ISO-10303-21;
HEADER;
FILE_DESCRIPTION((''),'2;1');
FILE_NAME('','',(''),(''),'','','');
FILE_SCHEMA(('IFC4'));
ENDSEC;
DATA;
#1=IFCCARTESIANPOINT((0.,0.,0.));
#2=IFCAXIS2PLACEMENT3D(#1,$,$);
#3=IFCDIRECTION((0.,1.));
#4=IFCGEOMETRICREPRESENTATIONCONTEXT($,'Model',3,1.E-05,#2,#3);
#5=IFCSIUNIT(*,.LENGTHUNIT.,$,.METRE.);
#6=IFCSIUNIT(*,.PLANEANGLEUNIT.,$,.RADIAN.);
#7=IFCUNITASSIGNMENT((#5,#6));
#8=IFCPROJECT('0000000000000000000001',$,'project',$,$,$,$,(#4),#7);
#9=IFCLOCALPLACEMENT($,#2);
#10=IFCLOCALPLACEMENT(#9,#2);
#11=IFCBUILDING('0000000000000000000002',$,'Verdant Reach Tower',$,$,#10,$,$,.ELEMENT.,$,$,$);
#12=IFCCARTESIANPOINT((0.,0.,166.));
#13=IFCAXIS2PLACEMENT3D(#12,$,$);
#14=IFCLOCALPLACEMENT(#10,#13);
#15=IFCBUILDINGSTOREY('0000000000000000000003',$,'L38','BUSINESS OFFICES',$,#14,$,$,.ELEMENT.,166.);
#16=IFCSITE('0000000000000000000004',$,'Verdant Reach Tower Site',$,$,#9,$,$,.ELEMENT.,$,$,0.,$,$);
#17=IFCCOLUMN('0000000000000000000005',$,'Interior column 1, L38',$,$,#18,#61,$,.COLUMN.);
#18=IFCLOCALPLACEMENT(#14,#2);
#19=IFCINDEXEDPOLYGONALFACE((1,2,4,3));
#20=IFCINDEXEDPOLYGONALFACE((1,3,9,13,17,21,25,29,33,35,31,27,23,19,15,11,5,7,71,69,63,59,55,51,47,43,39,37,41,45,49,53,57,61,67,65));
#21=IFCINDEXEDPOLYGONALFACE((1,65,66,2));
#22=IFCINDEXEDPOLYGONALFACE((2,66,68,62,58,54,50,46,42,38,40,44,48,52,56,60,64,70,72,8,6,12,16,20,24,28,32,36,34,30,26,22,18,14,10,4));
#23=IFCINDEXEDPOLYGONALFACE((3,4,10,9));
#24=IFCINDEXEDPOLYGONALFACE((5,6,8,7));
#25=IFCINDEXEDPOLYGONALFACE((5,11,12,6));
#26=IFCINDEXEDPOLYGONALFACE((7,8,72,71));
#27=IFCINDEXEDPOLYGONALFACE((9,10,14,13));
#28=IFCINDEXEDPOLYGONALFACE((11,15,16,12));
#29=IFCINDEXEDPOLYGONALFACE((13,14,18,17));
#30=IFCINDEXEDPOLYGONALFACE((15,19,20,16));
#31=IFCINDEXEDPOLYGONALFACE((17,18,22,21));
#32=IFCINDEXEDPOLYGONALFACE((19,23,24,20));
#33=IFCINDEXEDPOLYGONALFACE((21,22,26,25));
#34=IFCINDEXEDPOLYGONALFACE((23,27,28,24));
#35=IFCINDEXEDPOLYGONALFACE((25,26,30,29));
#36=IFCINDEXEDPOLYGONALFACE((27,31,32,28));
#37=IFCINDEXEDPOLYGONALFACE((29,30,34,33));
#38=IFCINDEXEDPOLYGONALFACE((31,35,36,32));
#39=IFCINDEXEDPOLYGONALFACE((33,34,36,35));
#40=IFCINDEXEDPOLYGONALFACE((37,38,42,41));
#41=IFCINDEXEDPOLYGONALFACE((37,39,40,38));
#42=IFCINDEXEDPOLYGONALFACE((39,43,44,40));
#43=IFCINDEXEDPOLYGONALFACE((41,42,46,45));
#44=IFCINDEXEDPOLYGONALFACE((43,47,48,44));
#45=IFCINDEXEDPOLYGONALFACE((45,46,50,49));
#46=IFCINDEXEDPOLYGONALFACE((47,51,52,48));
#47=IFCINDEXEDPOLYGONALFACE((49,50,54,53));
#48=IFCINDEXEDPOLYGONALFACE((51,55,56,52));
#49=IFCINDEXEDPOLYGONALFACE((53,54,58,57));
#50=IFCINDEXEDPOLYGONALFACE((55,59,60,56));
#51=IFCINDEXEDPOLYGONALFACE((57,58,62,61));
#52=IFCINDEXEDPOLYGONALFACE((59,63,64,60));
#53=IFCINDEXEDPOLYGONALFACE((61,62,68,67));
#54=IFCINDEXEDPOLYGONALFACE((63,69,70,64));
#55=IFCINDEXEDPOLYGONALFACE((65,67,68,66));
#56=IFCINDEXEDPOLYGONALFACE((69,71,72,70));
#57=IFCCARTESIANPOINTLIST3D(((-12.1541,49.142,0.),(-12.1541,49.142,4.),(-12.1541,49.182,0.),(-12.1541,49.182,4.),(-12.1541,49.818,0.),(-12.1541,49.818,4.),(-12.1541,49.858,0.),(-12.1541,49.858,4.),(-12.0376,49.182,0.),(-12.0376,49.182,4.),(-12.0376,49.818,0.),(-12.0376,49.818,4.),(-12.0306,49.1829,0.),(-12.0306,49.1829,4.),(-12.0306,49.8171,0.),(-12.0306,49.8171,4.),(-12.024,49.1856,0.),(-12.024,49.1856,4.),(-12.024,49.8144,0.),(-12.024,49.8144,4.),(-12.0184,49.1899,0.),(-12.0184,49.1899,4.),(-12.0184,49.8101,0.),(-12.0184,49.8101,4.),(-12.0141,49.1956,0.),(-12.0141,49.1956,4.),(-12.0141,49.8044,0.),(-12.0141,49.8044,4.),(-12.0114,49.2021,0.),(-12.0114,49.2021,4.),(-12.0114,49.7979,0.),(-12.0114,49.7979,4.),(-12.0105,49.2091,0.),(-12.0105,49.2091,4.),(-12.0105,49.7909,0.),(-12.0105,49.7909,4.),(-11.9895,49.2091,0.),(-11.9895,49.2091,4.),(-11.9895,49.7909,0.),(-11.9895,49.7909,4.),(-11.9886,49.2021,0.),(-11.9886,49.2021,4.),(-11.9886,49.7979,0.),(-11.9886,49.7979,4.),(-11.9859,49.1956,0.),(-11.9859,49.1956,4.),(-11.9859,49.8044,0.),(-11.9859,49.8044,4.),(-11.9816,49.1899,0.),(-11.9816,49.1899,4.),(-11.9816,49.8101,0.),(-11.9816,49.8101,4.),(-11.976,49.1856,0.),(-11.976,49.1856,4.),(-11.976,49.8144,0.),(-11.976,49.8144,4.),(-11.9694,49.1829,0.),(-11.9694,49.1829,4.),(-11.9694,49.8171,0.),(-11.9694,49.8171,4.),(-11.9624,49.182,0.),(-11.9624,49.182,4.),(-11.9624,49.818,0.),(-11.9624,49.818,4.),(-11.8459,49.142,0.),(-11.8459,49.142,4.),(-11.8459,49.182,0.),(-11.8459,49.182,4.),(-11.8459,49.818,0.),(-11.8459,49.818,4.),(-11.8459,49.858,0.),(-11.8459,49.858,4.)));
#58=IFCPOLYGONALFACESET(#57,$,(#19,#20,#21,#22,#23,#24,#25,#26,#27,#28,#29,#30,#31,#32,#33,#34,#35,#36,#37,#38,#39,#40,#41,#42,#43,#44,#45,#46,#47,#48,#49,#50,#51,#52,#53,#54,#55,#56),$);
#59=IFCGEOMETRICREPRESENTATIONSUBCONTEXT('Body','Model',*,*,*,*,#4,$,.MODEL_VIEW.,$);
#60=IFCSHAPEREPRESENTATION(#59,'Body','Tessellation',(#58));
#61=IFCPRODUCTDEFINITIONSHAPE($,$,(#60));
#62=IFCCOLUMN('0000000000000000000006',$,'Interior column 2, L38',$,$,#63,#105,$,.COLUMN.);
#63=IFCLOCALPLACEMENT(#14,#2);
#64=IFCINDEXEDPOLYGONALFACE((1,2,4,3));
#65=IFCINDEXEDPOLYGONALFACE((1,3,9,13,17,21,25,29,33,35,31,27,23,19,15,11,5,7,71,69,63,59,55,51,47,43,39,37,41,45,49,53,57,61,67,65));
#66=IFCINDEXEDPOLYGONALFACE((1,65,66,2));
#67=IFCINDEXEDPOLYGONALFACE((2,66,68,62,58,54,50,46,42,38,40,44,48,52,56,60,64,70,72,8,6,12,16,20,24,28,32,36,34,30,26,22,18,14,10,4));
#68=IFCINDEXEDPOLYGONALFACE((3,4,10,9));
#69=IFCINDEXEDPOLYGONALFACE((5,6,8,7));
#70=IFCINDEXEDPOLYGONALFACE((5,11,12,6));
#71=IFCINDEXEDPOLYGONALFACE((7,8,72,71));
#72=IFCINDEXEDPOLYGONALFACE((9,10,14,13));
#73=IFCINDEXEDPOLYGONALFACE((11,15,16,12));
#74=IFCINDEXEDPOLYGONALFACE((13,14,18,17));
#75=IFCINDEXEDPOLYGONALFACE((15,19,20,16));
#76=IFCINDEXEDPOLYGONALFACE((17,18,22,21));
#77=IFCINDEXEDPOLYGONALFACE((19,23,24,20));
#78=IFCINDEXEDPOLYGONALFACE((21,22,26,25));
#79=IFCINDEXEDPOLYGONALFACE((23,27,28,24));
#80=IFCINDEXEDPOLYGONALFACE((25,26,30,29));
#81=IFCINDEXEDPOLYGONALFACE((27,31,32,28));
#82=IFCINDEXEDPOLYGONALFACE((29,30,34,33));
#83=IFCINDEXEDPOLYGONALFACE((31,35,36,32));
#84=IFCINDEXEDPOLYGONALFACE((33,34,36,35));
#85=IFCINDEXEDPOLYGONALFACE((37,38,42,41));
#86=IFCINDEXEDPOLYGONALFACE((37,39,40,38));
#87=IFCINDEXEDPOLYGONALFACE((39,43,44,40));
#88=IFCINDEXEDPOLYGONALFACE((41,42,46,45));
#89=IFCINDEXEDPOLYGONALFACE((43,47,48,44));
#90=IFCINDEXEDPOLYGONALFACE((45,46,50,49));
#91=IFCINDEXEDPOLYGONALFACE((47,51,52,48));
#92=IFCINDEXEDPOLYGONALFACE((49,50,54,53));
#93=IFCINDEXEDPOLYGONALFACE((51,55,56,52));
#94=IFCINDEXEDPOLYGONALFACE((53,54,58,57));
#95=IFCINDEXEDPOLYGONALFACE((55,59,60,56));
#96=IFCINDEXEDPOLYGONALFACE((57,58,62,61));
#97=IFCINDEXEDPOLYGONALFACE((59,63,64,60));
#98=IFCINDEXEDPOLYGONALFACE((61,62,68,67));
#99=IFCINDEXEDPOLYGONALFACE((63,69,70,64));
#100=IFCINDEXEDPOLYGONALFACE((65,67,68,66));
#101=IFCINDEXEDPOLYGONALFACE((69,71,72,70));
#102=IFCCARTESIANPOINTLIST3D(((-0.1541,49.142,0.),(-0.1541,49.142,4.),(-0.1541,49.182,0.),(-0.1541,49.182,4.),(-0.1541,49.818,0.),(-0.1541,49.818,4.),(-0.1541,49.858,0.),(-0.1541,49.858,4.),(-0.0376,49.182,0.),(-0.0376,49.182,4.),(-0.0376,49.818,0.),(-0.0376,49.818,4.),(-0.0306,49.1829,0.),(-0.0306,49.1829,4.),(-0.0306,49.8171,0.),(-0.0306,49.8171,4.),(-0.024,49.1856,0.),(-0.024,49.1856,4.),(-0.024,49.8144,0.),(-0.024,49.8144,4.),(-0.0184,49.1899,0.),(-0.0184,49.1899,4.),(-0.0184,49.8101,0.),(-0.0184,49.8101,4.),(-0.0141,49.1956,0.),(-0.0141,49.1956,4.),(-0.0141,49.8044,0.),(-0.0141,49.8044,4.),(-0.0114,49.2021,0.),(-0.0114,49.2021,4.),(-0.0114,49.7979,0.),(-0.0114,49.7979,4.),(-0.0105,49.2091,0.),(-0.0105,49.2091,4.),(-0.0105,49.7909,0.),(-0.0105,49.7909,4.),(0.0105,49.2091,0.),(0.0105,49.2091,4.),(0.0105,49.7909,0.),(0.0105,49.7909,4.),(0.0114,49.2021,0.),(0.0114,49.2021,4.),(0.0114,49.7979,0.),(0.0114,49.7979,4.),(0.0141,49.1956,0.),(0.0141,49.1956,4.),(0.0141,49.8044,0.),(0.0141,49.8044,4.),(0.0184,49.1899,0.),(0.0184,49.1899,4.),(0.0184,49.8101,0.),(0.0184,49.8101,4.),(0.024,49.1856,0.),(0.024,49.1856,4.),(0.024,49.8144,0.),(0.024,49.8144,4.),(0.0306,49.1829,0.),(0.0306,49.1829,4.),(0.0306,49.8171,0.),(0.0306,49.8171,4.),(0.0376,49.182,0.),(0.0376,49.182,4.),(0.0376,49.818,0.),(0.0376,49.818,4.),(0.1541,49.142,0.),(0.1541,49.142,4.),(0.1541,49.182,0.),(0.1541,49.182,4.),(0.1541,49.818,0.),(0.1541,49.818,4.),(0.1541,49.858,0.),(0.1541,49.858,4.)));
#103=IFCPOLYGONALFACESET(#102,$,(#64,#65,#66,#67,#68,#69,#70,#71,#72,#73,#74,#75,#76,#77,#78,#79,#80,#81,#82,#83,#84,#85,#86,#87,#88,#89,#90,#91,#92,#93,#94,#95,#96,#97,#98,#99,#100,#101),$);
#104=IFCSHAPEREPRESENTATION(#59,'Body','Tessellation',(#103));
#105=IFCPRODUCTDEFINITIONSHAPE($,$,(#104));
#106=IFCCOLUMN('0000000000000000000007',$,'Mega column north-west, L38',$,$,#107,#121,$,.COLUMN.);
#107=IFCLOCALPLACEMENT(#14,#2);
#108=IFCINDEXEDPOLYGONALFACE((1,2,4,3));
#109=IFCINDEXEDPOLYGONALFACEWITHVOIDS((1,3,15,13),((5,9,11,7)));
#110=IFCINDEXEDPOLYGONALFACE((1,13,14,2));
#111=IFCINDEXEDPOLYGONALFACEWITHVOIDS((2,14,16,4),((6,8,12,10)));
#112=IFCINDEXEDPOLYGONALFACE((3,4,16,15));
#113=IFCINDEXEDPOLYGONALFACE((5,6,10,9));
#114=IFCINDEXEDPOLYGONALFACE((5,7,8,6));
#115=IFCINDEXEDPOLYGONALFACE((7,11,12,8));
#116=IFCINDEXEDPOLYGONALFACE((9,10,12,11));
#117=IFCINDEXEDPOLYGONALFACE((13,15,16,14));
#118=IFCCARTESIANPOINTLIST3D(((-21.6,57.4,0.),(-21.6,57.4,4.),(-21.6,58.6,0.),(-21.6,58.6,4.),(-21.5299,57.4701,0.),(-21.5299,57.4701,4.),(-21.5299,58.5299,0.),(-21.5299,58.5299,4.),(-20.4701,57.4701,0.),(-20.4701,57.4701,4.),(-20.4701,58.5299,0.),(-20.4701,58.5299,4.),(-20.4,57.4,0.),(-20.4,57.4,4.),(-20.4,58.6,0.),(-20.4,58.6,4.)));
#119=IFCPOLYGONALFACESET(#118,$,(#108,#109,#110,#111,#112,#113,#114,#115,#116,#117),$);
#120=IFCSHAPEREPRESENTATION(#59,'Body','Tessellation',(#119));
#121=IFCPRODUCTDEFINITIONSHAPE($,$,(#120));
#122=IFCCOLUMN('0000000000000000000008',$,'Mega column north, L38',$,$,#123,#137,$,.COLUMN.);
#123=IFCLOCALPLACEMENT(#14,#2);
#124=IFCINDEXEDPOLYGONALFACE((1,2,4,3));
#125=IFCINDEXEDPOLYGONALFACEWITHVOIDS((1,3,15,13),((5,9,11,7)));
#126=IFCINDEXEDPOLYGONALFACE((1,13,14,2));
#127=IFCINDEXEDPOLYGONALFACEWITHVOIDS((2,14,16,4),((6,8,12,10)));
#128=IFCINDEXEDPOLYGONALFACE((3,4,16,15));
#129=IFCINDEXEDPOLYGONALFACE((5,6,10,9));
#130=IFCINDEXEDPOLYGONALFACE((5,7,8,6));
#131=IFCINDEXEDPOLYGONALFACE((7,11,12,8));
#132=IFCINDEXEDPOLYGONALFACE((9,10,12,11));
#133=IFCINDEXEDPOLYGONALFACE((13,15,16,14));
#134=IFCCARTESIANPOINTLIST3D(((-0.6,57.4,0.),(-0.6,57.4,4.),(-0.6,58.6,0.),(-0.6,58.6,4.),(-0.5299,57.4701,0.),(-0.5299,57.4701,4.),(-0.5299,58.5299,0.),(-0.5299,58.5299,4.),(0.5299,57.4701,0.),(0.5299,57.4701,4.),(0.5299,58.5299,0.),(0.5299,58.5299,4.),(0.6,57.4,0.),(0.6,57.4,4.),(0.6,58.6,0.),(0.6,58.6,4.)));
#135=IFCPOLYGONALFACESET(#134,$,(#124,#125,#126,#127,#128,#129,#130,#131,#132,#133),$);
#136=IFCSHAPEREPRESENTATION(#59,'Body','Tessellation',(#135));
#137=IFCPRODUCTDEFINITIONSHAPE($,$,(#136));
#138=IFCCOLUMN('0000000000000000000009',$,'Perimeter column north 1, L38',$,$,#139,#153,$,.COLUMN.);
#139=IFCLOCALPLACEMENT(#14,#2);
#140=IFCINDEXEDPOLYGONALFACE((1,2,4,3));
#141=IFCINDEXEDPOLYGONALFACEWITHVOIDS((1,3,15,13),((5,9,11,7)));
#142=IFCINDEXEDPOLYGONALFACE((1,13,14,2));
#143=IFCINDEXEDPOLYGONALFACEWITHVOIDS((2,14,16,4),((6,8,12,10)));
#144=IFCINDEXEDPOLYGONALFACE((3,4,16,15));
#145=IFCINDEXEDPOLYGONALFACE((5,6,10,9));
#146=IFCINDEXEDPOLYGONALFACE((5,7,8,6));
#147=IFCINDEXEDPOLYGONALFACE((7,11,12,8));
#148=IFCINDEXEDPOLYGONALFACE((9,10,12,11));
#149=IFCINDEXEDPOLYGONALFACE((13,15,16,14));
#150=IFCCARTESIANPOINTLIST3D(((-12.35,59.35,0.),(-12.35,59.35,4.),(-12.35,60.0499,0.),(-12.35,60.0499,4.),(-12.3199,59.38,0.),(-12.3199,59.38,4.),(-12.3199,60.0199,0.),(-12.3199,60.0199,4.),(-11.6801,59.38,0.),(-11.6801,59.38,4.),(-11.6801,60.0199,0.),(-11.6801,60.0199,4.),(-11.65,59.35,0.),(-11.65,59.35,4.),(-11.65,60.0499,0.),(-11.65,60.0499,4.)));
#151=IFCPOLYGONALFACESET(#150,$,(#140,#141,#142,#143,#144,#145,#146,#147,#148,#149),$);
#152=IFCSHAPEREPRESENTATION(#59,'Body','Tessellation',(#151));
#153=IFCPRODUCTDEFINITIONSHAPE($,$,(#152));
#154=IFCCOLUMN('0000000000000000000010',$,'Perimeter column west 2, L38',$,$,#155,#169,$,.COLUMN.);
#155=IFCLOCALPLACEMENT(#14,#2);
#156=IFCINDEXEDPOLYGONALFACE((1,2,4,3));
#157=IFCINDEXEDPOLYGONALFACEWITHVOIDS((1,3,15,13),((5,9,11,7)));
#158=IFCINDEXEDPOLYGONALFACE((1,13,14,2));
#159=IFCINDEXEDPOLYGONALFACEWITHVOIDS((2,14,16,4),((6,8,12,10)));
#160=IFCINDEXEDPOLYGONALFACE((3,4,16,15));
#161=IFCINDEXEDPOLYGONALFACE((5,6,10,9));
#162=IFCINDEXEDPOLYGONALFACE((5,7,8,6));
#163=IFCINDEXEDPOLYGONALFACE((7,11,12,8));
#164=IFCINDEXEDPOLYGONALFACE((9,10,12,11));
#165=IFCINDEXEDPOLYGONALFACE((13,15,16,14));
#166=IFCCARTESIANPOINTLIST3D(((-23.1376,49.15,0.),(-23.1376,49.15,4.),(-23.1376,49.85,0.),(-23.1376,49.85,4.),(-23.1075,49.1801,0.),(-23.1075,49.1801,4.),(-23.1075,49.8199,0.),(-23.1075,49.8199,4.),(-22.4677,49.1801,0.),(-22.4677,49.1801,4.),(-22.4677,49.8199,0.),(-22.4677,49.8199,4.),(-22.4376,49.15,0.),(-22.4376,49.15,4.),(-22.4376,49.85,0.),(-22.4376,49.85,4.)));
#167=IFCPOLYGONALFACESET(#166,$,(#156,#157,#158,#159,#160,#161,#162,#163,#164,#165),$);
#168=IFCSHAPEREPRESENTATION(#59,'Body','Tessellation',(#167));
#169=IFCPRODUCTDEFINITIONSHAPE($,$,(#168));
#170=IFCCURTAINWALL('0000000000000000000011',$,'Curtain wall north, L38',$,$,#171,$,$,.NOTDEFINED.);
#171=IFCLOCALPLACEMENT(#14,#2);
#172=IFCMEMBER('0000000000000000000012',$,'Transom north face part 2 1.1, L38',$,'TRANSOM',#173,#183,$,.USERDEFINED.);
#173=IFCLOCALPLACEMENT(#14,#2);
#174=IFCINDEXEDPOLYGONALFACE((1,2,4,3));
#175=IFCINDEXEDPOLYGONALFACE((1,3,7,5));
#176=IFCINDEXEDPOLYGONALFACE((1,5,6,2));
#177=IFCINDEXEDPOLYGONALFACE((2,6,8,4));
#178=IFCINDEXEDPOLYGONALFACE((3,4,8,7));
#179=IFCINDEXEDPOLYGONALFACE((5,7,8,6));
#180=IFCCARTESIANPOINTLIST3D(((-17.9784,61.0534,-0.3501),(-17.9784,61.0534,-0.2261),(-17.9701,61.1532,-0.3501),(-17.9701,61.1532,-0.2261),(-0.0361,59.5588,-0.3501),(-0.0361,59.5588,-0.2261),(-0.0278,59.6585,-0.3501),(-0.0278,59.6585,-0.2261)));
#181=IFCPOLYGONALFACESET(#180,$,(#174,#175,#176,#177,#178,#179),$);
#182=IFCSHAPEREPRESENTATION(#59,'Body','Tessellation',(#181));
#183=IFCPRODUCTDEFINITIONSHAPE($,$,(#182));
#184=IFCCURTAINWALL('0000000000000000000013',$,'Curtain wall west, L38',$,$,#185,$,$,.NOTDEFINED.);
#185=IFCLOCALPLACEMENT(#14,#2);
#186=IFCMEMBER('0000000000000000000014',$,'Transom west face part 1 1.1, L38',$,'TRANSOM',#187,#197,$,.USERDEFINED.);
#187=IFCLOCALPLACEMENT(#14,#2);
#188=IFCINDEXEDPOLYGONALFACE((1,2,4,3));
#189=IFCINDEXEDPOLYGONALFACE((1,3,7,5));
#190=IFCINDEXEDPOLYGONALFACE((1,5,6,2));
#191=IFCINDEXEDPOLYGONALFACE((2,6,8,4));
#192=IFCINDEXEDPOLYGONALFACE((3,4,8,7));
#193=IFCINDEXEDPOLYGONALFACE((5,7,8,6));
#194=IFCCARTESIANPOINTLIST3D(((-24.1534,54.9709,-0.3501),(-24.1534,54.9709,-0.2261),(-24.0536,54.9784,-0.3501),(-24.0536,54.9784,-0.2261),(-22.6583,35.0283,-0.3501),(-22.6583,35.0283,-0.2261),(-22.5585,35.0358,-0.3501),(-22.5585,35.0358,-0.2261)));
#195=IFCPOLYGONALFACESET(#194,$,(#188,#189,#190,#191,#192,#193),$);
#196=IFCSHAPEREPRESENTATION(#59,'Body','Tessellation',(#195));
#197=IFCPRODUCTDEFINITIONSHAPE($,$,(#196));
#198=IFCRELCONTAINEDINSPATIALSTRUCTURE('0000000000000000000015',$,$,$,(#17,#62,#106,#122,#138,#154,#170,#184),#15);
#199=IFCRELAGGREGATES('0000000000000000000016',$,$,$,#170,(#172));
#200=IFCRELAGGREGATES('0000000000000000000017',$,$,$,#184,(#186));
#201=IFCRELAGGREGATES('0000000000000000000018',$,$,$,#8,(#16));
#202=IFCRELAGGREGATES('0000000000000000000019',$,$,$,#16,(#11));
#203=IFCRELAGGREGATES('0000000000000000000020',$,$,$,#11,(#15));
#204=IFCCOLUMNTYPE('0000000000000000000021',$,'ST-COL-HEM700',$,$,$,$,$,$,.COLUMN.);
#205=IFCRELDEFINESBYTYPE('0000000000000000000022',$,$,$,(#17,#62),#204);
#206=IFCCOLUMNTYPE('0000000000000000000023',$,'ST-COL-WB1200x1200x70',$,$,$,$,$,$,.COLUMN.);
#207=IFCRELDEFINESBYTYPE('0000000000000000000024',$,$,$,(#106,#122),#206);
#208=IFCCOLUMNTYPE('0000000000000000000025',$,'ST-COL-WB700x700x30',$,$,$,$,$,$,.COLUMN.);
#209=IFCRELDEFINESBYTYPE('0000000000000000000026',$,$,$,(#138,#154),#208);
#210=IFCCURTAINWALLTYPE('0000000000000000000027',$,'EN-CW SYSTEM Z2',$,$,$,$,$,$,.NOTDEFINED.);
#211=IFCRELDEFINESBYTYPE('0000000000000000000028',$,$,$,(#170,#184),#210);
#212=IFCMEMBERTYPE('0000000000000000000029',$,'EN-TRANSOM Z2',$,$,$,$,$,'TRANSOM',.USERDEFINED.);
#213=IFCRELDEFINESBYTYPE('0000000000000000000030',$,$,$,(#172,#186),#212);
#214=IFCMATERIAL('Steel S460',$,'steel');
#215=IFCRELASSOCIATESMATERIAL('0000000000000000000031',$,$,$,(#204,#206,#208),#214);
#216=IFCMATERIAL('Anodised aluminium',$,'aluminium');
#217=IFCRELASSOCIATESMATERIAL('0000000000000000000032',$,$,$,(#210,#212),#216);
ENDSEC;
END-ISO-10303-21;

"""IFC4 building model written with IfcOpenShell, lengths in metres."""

from ifc_helpers import new_model, si_unit, direction, frame, origin, origin_2d, place, context, subcontext, project, spatial, rectangle, hollow_rectangle, i_section, extrude, material, material_profile, profile_set, type_object, element, aggregate, save


model = new_model("IFC4")

# Units and contexts
model_context = context("Model", 3, precision=1e-05, world=origin(), true_north=direction((0.0, 1.0)))
body_context = subcontext(model_context, "Body", "Model", "MODEL_VIEW")
ifc_project = project(units=[si_unit("LENGTHUNIT", "METRE"), si_unit("PLANEANGLEUNIT", "RADIAN")], contexts=[model_context])

# Site, building, storey
site_placement = place(None, origin())
site = spatial("IfcSite", under=ifc_project, at=site_placement, Name="Verdant Reach Tower Site", CompositionType="ELEMENT", RefElevation=0.0)
building_placement = place(site_placement, origin())
building = spatial("IfcBuilding", under=site, at=building_placement, Name="Verdant Reach Tower", CompositionType="ELEMENT")
storey_placement = place(building_placement, frame((0.0, 0.0, 166.0)))
storey = spatial("IfcBuildingStorey", under=building, at=storey_placement, Name="L38", Description="BUSINESS OFFICES", CompositionType="ELEMENT", Elevation=166.0)

# Columns
ifc_material_1 = material(Name="Steel S460", Category="steel")
ifc_material_profile_1 = material_profile(ifc_material_1, i_section(OverallWidth=0.3081, OverallDepth=0.7161, WebThickness=0.021, FlangeThickness=0.04, FilletRadius=0.0271, at=origin_2d()), Name="HEM 700")
ifc_profile_set_1 = profile_set([ifc_material_profile_1], Name="Steel S460")
column_type_1 = type_object("IfcColumnType", Name="ST-COL-HEM700", PredefinedType="COLUMN", material=ifc_profile_set_1)
for number, where, z_axis, x_axis, name in (
    (1, (-12.0, 49.5, 0.0), (0.0, 0.0, 1.0), (1.0, 0.0, 0.0), "Interior column 1, L38"),
    (2, (0.0, 49.5, 0.0), (0.0, 0.0, 1.0), (1.0, 0.0, 0.0), "Interior column 2, L38"),
):
    element("IfcColumn", number, at=place(storey_placement, frame(where, z_axis=z_axis, x_axis=x_axis)), inside=storey, type_object=column_type_1, Name=name, PredefinedType="COLUMN", context=body_context, shape_type="SweptSolid", body=[
        extrude(i_section(OverallWidth=0.3081, OverallDepth=0.7161, WebThickness=0.021, FlangeThickness=0.04, FilletRadius=0.0271, at=origin_2d()), origin(), (0.0, 0.0, 1.0), 4.0),
    ])
ifc_material_profile_2 = material_profile(ifc_material_1, hollow_rectangle(XDim=1.2, YDim=1.2, WallThickness=0.0701, at=origin_2d()), Name="WB 1200x1200x70")
ifc_profile_set_2 = profile_set([ifc_material_profile_2], Name="Steel S460")
column_type_2 = type_object("IfcColumnType", Name="ST-COL-WB1200x1200x70", PredefinedType="COLUMN", material=ifc_profile_set_2)
for number, where, z_axis, x_axis, name in (
    (3, (-21.0, 58.0, 0.0), (0.0, 0.0, 1.0), (1.0, 0.0, 0.0), "Mega column north-west, L38"),
    (4, (0.0, 58.0, 0.0), (0.0, 0.0, 1.0), (1.0, 0.0, 0.0), "Mega column north, L38"),
):
    element("IfcColumn", number, at=place(storey_placement, frame(where, z_axis=z_axis, x_axis=x_axis)), inside=storey, type_object=column_type_2, Name=name, PredefinedType="COLUMN", context=body_context, shape_type="SweptSolid", body=[
        extrude(hollow_rectangle(XDim=1.2, YDim=1.2, WallThickness=0.0701, at=origin_2d()), origin(), (0.0, 0.0, 1.0), 4.0),
    ])
ifc_material_profile_3 = material_profile(ifc_material_1, hollow_rectangle(XDim=0.7, YDim=0.7, WallThickness=0.03, at=origin_2d()), Name="WB 700x700x30")
ifc_profile_set_3 = profile_set([ifc_material_profile_3], Name="Steel S460")
column_type_3 = type_object("IfcColumnType", Name="ST-COL-WB700x700x30", PredefinedType="COLUMN", material=ifc_profile_set_3)
for number, where, z_axis, x_axis, name in (
    (5, (-12.0, 59.7, 0.0), (0.0, 0.0, 1.0), (1.0, 0.0, 0.0), "Perimeter column north 1, L38"),
    (6, (-22.7876, 49.5, 0.0), (0.0, 0.0, 1.0), (1.0, 0.0, 0.0), "Perimeter column west 2, L38"),
):
    element("IfcColumn", number, at=place(storey_placement, frame(where, z_axis=z_axis, x_axis=x_axis)), inside=storey, type_object=column_type_3, Name=name, PredefinedType="COLUMN", context=body_context, shape_type="SweptSolid", body=[
        extrude(hollow_rectangle(XDim=0.7, YDim=0.7, WallThickness=0.03, at=origin_2d()), origin(), (0.0, 0.0, 1.0), 4.0),
    ])

# Curtain walls, members
ifc_material_2 = material(Name="Anodised aluminium", Category="aluminium")
curtain_wall_type = type_object("IfcCurtainWallType", Name="EN-CW SYSTEM Z2", PredefinedType="NOTDEFINED", material=ifc_material_2)
curtain_wall_1_placement = place(storey_placement, origin())
curtain_wall_1 = element("IfcCurtainWall", 7, at=curtain_wall_1_placement, inside=storey, type_object=curtain_wall_type, Name="Curtain wall north, L38", PredefinedType="NOTDEFINED")
ifc_material_profile_4 = material_profile(ifc_material_2, rectangle(XDim=0.1001, YDim=0.124, at=origin_2d()), Name="Transom 124x100")
ifc_profile_set_4 = profile_set([ifc_material_profile_4], Name="Anodised aluminium")
member_type = type_object("IfcMemberType", Name="EN-TRANSOM Z2", ElementType="TRANSOM", PredefinedType="USERDEFINED", material=ifc_profile_set_4)
member_1_placement = place(storey_placement, frame((-0.032, 59.6086, -0.2881), z_axis=(-0.996548, 0.083015, 0.0), x_axis=(-0.083015, -0.996548, 0.0)))
member_1 = element("IfcMember", 8, at=member_1_placement, type_object=member_type, Name="Transom north face part 2 1.1, L38", ObjectType="TRANSOM", PredefinedType="USERDEFINED", context=body_context, shape_type="SweptSolid", body=[
    extrude(rectangle(XDim=0.1001, YDim=0.124, at=origin_2d()), origin(), (0.0, 0.0, 1.0), 18.0044),
])
curtain_wall_2_placement = place(storey_placement, origin())
curtain_wall_2 = element("IfcCurtainWall", 9, at=curtain_wall_2_placement, inside=storey, type_object=curtain_wall_type, Name="Curtain wall west, L38", PredefinedType="NOTDEFINED")
member_2_placement = place(storey_placement, frame((-24.1035, 54.9746, -0.2881), z_axis=(0.074761, -0.997201, 0.0), x_axis=(0.997201, 0.074761, 0.0)))
member_2 = element("IfcMember", 10, at=member_2_placement, type_object=member_type, Name="Transom west face part 1 1.1, L38", ObjectType="TRANSOM", PredefinedType="USERDEFINED", context=body_context, shape_type="SweptSolid", body=[
    extrude(rectangle(XDim=0.1001, YDim=0.124, at=origin_2d()), origin(), (0.0, 0.0, 1.0), 19.9985),
])

aggregate(curtain_wall_1, [member_1])
aggregate(curtain_wall_2, [member_2])

save(model, "model.ifc")
